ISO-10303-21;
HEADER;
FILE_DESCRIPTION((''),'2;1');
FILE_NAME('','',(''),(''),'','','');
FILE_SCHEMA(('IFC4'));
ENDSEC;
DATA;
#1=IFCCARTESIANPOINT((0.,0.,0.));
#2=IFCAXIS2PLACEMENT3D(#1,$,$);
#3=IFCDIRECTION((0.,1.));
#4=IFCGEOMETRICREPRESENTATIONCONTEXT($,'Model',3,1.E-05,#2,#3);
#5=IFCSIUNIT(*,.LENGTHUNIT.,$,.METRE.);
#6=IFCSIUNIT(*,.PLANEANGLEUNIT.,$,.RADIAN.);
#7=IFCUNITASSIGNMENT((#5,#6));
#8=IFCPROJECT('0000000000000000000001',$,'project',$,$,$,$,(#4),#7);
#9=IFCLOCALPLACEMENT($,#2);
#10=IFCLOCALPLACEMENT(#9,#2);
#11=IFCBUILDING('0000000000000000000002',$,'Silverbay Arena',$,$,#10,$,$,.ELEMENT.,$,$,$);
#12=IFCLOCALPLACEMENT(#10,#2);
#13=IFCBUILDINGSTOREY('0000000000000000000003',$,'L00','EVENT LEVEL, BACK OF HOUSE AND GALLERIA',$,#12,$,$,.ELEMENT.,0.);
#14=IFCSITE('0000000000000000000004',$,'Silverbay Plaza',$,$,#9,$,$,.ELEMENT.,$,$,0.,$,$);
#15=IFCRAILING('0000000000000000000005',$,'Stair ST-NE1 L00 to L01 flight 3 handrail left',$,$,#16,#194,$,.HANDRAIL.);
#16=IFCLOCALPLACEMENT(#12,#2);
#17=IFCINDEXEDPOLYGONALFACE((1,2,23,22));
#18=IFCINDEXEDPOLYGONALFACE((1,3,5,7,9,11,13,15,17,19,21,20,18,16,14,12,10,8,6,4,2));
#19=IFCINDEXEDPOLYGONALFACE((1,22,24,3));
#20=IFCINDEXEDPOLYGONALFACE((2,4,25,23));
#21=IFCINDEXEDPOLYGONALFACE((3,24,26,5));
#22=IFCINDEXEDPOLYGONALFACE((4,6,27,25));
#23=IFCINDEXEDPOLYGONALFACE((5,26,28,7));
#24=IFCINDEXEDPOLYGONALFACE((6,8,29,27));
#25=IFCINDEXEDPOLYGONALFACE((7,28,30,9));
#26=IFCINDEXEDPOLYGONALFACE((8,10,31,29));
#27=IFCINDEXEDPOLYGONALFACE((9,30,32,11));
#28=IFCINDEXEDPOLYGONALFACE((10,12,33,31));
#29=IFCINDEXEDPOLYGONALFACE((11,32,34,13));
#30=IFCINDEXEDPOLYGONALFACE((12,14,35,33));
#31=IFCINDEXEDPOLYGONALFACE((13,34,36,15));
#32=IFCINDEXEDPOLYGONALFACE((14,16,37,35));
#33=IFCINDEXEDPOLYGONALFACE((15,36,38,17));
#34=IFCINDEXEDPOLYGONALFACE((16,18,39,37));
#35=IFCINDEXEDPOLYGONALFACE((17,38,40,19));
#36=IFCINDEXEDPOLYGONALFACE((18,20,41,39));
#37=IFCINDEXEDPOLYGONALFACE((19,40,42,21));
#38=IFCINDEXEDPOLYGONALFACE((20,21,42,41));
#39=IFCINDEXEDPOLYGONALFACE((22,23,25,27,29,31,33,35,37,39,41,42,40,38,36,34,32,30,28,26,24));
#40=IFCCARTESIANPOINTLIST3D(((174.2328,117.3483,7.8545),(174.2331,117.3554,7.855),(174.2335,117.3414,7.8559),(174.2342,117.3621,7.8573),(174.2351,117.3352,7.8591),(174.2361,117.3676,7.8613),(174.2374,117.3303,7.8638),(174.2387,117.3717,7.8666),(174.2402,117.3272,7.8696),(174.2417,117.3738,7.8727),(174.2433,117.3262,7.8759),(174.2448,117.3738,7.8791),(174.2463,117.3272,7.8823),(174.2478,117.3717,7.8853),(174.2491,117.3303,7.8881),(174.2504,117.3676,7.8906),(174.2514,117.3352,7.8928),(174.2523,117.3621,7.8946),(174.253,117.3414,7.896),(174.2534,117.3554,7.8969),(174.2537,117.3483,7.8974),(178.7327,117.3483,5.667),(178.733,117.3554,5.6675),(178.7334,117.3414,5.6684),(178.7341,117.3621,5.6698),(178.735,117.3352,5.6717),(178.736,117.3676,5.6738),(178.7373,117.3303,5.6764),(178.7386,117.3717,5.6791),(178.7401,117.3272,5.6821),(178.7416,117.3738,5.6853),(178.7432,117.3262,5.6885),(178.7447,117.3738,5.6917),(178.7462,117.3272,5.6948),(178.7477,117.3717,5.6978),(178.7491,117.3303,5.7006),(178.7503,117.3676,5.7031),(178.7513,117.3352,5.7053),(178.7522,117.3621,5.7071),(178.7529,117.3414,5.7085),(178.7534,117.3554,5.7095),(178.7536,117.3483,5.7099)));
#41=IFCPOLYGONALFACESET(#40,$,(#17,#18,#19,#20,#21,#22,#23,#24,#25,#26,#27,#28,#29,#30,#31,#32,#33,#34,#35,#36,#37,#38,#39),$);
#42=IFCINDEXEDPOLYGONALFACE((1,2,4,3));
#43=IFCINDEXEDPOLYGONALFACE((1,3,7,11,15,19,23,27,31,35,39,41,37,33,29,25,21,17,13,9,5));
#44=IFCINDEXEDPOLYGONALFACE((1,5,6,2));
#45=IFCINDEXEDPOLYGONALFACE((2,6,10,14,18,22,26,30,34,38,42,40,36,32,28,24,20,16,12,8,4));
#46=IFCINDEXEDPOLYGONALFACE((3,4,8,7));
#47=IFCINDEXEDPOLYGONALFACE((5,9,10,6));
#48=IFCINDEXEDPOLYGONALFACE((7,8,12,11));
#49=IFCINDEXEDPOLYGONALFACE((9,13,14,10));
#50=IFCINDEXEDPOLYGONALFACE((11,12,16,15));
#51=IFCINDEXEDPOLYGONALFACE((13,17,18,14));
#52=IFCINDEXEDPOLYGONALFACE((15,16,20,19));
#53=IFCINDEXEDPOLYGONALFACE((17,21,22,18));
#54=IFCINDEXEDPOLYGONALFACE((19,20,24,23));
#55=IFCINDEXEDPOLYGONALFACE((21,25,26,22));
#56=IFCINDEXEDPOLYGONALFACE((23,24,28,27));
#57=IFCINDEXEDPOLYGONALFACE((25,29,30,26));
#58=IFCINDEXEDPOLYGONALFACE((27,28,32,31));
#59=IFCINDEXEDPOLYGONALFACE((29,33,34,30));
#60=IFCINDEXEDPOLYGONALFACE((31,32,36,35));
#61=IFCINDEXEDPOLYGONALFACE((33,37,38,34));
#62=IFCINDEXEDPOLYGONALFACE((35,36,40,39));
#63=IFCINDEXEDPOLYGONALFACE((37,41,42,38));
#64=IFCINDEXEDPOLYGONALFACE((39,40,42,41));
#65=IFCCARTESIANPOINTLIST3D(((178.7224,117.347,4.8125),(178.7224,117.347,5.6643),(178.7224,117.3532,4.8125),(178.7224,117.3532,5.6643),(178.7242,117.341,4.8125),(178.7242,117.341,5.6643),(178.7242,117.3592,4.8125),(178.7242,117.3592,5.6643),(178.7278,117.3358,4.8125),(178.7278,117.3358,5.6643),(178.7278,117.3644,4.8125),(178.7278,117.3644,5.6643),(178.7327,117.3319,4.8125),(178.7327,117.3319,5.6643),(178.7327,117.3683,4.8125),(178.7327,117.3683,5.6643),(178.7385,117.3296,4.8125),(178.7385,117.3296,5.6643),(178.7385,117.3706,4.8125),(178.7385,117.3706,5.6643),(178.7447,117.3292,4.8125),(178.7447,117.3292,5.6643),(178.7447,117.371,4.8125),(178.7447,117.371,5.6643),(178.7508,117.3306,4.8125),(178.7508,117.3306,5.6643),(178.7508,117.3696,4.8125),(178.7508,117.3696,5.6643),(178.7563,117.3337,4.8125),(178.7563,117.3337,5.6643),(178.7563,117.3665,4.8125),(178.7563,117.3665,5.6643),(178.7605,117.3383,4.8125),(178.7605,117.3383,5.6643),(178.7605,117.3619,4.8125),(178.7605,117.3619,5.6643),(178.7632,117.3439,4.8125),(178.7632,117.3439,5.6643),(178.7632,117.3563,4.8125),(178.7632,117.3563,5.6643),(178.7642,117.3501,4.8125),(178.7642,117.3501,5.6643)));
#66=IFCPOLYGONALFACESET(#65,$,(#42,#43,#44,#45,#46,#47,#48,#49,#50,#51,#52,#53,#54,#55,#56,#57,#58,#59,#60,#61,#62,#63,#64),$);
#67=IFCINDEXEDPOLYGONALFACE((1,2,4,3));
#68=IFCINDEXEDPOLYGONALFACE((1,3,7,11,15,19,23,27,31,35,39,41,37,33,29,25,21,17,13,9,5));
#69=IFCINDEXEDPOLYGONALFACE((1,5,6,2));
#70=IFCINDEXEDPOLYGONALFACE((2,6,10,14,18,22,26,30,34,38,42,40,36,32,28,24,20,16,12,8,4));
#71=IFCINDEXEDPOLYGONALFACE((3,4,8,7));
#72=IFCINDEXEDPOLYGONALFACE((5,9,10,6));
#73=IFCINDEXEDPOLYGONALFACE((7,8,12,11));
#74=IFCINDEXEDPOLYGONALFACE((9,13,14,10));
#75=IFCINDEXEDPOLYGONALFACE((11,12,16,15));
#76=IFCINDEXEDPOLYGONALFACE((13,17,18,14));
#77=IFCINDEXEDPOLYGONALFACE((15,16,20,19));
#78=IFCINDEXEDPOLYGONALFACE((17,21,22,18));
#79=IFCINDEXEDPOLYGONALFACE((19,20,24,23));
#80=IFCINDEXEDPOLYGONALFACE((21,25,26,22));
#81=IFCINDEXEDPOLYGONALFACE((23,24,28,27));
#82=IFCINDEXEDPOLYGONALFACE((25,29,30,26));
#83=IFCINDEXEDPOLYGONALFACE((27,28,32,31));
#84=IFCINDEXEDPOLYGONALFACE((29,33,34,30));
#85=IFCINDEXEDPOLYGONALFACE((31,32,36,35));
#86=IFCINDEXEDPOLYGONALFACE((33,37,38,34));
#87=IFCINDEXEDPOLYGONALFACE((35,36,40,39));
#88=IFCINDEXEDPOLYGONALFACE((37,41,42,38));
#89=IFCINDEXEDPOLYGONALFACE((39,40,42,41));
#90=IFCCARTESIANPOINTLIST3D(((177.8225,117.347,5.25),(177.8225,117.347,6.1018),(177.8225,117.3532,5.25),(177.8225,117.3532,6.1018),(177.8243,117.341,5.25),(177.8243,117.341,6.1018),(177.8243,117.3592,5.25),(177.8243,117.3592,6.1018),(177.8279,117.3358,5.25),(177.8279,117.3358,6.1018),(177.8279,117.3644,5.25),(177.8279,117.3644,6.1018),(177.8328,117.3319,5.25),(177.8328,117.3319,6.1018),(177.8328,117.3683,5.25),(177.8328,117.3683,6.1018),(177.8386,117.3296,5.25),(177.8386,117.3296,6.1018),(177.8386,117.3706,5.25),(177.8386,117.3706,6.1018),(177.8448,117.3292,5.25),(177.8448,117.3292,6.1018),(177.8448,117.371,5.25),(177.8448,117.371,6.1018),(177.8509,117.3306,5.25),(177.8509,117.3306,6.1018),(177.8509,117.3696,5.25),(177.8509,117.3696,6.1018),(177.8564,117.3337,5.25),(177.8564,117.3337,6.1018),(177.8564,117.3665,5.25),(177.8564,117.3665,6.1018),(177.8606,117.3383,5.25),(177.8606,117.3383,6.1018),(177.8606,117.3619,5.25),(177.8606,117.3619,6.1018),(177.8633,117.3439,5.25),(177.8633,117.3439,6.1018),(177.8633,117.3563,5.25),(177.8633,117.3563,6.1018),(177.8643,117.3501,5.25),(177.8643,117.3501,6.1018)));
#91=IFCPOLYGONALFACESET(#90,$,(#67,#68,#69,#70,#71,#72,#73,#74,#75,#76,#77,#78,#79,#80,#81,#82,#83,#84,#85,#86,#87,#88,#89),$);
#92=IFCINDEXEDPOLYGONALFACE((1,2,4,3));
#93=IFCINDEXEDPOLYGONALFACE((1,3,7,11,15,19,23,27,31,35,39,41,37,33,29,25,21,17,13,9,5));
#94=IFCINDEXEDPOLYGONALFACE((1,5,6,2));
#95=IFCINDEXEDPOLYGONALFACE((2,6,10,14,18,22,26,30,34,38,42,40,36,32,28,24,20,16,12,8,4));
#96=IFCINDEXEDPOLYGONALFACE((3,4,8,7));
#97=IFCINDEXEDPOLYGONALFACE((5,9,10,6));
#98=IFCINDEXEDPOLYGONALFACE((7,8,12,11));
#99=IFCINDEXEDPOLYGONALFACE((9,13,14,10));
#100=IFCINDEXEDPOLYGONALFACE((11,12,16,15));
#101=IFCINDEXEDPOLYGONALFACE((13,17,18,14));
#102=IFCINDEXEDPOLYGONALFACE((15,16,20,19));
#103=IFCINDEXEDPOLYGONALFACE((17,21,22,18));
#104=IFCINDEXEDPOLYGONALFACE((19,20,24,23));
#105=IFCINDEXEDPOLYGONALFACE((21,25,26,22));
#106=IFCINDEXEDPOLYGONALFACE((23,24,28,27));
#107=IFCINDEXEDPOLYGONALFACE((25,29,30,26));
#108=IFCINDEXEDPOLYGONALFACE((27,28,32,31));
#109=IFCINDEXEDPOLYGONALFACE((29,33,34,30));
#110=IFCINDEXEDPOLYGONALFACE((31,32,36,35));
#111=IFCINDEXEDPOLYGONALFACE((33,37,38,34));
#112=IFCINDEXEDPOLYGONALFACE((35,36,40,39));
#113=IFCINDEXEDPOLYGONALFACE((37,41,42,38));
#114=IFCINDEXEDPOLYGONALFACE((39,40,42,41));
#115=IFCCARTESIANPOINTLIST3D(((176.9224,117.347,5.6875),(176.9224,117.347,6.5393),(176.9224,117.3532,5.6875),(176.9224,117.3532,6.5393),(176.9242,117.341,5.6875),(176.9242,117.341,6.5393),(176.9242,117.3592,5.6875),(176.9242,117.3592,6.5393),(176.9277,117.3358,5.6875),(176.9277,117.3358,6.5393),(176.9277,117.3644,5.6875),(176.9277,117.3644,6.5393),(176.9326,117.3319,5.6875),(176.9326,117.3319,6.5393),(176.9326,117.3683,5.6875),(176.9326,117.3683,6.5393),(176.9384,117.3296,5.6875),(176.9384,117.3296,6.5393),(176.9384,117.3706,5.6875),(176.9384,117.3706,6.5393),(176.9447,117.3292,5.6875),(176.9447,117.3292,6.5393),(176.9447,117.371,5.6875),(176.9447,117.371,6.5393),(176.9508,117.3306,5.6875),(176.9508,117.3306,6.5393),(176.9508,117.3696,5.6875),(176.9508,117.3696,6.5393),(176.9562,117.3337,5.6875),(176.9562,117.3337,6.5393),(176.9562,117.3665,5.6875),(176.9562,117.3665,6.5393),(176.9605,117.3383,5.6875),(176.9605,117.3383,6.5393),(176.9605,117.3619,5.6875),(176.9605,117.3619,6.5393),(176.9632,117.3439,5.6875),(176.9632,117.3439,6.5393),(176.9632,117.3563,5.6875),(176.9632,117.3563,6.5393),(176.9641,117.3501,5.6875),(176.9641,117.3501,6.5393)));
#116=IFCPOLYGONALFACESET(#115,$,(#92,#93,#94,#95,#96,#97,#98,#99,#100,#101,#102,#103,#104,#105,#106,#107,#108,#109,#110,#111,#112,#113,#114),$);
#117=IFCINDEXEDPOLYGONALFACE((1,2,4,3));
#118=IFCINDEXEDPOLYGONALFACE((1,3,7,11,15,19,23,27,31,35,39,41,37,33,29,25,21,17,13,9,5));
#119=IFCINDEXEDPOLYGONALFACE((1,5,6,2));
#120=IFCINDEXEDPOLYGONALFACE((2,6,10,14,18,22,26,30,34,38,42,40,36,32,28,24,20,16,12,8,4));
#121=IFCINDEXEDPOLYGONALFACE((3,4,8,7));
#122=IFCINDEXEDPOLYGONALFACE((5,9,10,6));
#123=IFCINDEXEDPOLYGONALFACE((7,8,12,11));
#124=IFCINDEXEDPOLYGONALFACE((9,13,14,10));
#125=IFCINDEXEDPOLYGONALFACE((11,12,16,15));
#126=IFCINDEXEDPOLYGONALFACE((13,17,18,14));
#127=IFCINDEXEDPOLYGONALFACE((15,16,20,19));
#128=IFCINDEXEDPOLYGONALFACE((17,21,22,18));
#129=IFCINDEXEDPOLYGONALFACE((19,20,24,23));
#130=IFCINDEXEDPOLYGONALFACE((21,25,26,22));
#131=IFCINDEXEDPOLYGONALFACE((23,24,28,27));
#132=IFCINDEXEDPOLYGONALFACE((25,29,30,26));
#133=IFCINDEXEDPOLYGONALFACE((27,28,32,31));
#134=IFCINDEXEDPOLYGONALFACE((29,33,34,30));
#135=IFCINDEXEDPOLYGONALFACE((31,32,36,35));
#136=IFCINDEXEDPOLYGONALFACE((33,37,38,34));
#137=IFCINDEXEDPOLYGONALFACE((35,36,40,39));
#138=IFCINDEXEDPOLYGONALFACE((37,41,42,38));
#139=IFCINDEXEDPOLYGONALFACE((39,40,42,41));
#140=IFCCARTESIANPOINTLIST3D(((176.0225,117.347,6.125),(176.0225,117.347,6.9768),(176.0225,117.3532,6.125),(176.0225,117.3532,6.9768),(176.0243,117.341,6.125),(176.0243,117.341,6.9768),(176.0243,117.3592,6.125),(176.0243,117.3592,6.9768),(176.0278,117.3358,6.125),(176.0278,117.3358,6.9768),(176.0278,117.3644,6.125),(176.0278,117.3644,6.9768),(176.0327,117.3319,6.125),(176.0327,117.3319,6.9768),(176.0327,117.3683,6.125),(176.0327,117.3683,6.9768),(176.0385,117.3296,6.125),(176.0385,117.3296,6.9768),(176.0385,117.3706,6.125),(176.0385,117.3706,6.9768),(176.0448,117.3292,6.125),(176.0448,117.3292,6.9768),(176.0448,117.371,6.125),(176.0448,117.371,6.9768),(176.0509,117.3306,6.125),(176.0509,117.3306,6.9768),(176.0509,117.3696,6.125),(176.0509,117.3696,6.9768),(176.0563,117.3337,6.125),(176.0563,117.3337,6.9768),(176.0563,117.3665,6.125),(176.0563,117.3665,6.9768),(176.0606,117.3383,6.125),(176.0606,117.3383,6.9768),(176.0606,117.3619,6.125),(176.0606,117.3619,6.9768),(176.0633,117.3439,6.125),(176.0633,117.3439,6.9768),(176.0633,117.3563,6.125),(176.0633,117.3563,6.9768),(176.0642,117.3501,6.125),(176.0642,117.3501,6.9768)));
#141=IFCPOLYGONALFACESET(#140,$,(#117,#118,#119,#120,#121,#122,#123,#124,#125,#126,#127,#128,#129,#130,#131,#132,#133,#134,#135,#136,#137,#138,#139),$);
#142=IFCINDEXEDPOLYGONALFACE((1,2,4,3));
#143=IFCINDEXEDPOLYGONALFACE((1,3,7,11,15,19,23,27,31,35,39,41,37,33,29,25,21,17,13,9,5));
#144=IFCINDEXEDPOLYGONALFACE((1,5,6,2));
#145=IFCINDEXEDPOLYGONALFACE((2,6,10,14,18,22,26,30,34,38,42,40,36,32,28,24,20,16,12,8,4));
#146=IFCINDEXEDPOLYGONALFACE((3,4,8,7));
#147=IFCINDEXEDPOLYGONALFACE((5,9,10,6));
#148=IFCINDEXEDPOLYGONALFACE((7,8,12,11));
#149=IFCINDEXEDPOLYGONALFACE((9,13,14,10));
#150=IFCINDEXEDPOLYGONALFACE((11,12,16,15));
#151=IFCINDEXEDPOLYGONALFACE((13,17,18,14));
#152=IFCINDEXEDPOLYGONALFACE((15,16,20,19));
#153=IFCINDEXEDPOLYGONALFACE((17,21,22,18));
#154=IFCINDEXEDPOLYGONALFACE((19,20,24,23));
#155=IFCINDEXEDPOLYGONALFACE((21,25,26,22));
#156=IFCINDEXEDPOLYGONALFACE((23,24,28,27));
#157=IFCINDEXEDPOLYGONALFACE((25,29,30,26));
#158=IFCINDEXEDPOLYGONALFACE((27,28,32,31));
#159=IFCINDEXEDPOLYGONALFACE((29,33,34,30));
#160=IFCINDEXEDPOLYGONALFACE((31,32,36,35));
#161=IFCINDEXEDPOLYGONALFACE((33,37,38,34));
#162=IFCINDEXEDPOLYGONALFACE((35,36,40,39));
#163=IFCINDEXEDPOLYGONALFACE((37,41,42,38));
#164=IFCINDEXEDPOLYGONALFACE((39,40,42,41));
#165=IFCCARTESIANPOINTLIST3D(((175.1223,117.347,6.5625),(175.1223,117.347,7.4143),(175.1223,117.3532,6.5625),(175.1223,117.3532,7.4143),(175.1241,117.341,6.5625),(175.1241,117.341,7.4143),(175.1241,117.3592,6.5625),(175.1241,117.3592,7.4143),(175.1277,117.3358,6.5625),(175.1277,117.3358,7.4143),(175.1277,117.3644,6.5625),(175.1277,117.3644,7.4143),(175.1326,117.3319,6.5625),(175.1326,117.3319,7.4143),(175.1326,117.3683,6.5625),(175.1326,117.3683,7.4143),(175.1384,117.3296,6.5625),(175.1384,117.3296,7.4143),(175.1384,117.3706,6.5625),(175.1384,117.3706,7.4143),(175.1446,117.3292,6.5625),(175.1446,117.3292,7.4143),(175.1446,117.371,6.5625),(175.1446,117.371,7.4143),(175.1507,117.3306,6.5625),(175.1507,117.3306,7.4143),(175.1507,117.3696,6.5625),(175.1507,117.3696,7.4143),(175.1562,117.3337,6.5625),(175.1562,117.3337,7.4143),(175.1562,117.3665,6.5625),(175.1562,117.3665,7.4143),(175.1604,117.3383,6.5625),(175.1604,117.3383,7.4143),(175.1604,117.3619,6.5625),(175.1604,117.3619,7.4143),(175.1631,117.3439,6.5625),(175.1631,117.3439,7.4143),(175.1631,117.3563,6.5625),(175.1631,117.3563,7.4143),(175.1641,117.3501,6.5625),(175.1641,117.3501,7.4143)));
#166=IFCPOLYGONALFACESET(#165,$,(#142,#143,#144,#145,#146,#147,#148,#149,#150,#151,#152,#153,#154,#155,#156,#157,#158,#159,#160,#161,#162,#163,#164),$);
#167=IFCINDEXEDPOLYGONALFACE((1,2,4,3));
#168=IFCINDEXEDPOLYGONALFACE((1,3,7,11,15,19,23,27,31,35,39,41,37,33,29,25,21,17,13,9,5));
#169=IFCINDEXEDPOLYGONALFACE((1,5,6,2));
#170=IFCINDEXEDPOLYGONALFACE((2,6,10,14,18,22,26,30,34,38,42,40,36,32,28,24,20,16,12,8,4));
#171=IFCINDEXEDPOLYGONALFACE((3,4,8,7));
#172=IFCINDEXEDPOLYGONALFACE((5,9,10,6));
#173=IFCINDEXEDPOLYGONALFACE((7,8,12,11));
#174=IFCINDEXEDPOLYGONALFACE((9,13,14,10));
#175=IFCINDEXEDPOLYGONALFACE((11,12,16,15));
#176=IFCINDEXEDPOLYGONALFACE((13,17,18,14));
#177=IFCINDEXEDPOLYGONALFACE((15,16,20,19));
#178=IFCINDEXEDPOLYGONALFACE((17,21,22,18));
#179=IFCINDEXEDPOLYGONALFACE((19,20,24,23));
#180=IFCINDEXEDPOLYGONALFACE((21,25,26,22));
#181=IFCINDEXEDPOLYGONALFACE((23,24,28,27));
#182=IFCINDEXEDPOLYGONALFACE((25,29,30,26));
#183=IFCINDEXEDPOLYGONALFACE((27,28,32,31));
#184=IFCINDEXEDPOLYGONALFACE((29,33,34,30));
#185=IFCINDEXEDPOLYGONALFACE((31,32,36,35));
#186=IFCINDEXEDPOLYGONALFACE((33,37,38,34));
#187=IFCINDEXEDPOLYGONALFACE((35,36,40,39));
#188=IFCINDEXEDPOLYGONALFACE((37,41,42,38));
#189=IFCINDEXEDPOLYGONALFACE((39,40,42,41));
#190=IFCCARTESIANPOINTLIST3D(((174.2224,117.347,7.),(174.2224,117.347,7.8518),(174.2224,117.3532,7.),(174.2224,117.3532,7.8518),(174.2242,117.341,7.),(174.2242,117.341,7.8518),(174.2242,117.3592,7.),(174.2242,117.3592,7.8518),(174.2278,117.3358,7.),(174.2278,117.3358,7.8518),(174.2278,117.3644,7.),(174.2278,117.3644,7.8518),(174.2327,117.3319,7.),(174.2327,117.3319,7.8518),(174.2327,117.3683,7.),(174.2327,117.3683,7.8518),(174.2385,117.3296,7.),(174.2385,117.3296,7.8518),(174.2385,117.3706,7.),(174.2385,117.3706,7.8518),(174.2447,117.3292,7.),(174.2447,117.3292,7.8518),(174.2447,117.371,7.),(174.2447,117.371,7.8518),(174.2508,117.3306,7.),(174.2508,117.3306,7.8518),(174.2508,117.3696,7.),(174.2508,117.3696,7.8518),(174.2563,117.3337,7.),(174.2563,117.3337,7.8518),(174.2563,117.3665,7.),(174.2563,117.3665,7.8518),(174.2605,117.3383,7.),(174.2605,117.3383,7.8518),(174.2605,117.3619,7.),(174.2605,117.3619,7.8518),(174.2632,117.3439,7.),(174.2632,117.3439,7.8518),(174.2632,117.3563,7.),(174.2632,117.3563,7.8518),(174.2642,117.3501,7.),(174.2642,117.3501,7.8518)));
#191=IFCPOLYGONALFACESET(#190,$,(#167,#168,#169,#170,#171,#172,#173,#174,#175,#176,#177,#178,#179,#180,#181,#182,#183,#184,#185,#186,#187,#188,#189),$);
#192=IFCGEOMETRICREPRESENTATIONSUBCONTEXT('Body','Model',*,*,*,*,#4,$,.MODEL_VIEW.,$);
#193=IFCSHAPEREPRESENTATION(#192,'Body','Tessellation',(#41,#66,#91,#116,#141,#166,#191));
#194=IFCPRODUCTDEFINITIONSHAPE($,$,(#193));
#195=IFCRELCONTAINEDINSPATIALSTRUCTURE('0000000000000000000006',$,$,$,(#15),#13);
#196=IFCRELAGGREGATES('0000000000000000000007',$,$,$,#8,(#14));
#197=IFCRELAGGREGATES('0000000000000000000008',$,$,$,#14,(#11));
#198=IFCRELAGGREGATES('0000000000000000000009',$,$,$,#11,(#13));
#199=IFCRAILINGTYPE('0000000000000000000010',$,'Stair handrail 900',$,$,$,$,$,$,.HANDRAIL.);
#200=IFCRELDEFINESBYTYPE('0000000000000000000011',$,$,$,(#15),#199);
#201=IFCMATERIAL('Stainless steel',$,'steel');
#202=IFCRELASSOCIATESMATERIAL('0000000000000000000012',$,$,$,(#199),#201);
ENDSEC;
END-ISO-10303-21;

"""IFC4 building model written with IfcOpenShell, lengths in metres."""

from ifc_helpers import new_model, si_unit, direction, frame, origin, origin_2d, place, context, subcontext, project, spatial, circle, extrude, material, type_object, element, save


model = new_model("IFC4")

# Units and contexts
model_context = context("Model", 3, precision=1e-05, world=origin(), true_north=direction((0.0, 1.0)))
body_context = subcontext(model_context, "Body", "Model", "MODEL_VIEW")
ifc_project = project(units=[si_unit("LENGTHUNIT", "METRE"), si_unit("PLANEANGLEUNIT", "RADIAN")], contexts=[model_context])

# Site, building, storey
site_placement = place(None, origin())
site = spatial("IfcSite", under=ifc_project, at=site_placement, Name="Silverbay Plaza", CompositionType="ELEMENT", RefElevation=0.0)
building_placement = place(site_placement, origin())
building = spatial("IfcBuilding", under=site, at=building_placement, Name="Silverbay Arena", CompositionType="ELEMENT")
storey_placement = place(building_placement, origin())
storey = spatial("IfcBuildingStorey", under=building, at=storey_placement, Name="L00", Description="EVENT LEVEL, BACK OF HOUSE AND GALLERIA", CompositionType="ELEMENT", Elevation=0.0)

# Railing
ifc_material_1 = material(Name="Stainless steel", Category="steel")
railing_type_1 = type_object("IfcRailingType", Name="Stair handrail 900", PredefinedType="HANDRAIL", material=ifc_material_1)
for number, where, name in (
    (1, (178.7432, 117.3501, 4.8125), "Stair ST-NE1 L00 to L01 flight 3 handrail left"),
):
    element("IfcRailing", number, at=place(storey_placement, frame(where)), inside=storey, type_object=railing_type_1, Name=name, PredefinedType="HANDRAIL", context=body_context, shape_type="SweptSolid", body=[
        extrude(circle(Radius=0.0239, at=origin_2d()), frame((0.0, 0.0, 0.876), z_axis=(-0.899368, 0.0, 0.437193), x_axis=(0.0, -1.0, 0.0)), (0.0, 0.0, 1.0), 5.0034),
        extrude(circle(Radius=0.021, at=origin_2d()), origin(), (0.0, 0.0, 1.0), 0.8518),
        extrude(circle(Radius=0.021, at=origin_2d()), frame((-0.8999, 0.0, 0.4375)), (0.0, 0.0, 1.0), 0.8518),
        extrude(circle(Radius=0.021, at=origin_2d()), frame((-1.8, 0.0, 0.875)), (0.0, 0.0, 1.0), 0.8518),
        extrude(circle(Radius=0.021, at=origin_2d()), frame((-2.7, 0.0, 1.3125)), (0.0, 0.0, 1.0), 0.8518),
        extrude(circle(Radius=0.021, at=origin_2d()), frame((-3.6001, 0.0, 1.75)), (0.0, 0.0, 1.0), 0.8518),
        extrude(circle(Radius=0.021, at=origin_2d()), frame((-4.5, 0.0, 2.1875)), (0.0, 0.0, 1.0), 0.8518),
    ])

save(model, "model.ifc")
